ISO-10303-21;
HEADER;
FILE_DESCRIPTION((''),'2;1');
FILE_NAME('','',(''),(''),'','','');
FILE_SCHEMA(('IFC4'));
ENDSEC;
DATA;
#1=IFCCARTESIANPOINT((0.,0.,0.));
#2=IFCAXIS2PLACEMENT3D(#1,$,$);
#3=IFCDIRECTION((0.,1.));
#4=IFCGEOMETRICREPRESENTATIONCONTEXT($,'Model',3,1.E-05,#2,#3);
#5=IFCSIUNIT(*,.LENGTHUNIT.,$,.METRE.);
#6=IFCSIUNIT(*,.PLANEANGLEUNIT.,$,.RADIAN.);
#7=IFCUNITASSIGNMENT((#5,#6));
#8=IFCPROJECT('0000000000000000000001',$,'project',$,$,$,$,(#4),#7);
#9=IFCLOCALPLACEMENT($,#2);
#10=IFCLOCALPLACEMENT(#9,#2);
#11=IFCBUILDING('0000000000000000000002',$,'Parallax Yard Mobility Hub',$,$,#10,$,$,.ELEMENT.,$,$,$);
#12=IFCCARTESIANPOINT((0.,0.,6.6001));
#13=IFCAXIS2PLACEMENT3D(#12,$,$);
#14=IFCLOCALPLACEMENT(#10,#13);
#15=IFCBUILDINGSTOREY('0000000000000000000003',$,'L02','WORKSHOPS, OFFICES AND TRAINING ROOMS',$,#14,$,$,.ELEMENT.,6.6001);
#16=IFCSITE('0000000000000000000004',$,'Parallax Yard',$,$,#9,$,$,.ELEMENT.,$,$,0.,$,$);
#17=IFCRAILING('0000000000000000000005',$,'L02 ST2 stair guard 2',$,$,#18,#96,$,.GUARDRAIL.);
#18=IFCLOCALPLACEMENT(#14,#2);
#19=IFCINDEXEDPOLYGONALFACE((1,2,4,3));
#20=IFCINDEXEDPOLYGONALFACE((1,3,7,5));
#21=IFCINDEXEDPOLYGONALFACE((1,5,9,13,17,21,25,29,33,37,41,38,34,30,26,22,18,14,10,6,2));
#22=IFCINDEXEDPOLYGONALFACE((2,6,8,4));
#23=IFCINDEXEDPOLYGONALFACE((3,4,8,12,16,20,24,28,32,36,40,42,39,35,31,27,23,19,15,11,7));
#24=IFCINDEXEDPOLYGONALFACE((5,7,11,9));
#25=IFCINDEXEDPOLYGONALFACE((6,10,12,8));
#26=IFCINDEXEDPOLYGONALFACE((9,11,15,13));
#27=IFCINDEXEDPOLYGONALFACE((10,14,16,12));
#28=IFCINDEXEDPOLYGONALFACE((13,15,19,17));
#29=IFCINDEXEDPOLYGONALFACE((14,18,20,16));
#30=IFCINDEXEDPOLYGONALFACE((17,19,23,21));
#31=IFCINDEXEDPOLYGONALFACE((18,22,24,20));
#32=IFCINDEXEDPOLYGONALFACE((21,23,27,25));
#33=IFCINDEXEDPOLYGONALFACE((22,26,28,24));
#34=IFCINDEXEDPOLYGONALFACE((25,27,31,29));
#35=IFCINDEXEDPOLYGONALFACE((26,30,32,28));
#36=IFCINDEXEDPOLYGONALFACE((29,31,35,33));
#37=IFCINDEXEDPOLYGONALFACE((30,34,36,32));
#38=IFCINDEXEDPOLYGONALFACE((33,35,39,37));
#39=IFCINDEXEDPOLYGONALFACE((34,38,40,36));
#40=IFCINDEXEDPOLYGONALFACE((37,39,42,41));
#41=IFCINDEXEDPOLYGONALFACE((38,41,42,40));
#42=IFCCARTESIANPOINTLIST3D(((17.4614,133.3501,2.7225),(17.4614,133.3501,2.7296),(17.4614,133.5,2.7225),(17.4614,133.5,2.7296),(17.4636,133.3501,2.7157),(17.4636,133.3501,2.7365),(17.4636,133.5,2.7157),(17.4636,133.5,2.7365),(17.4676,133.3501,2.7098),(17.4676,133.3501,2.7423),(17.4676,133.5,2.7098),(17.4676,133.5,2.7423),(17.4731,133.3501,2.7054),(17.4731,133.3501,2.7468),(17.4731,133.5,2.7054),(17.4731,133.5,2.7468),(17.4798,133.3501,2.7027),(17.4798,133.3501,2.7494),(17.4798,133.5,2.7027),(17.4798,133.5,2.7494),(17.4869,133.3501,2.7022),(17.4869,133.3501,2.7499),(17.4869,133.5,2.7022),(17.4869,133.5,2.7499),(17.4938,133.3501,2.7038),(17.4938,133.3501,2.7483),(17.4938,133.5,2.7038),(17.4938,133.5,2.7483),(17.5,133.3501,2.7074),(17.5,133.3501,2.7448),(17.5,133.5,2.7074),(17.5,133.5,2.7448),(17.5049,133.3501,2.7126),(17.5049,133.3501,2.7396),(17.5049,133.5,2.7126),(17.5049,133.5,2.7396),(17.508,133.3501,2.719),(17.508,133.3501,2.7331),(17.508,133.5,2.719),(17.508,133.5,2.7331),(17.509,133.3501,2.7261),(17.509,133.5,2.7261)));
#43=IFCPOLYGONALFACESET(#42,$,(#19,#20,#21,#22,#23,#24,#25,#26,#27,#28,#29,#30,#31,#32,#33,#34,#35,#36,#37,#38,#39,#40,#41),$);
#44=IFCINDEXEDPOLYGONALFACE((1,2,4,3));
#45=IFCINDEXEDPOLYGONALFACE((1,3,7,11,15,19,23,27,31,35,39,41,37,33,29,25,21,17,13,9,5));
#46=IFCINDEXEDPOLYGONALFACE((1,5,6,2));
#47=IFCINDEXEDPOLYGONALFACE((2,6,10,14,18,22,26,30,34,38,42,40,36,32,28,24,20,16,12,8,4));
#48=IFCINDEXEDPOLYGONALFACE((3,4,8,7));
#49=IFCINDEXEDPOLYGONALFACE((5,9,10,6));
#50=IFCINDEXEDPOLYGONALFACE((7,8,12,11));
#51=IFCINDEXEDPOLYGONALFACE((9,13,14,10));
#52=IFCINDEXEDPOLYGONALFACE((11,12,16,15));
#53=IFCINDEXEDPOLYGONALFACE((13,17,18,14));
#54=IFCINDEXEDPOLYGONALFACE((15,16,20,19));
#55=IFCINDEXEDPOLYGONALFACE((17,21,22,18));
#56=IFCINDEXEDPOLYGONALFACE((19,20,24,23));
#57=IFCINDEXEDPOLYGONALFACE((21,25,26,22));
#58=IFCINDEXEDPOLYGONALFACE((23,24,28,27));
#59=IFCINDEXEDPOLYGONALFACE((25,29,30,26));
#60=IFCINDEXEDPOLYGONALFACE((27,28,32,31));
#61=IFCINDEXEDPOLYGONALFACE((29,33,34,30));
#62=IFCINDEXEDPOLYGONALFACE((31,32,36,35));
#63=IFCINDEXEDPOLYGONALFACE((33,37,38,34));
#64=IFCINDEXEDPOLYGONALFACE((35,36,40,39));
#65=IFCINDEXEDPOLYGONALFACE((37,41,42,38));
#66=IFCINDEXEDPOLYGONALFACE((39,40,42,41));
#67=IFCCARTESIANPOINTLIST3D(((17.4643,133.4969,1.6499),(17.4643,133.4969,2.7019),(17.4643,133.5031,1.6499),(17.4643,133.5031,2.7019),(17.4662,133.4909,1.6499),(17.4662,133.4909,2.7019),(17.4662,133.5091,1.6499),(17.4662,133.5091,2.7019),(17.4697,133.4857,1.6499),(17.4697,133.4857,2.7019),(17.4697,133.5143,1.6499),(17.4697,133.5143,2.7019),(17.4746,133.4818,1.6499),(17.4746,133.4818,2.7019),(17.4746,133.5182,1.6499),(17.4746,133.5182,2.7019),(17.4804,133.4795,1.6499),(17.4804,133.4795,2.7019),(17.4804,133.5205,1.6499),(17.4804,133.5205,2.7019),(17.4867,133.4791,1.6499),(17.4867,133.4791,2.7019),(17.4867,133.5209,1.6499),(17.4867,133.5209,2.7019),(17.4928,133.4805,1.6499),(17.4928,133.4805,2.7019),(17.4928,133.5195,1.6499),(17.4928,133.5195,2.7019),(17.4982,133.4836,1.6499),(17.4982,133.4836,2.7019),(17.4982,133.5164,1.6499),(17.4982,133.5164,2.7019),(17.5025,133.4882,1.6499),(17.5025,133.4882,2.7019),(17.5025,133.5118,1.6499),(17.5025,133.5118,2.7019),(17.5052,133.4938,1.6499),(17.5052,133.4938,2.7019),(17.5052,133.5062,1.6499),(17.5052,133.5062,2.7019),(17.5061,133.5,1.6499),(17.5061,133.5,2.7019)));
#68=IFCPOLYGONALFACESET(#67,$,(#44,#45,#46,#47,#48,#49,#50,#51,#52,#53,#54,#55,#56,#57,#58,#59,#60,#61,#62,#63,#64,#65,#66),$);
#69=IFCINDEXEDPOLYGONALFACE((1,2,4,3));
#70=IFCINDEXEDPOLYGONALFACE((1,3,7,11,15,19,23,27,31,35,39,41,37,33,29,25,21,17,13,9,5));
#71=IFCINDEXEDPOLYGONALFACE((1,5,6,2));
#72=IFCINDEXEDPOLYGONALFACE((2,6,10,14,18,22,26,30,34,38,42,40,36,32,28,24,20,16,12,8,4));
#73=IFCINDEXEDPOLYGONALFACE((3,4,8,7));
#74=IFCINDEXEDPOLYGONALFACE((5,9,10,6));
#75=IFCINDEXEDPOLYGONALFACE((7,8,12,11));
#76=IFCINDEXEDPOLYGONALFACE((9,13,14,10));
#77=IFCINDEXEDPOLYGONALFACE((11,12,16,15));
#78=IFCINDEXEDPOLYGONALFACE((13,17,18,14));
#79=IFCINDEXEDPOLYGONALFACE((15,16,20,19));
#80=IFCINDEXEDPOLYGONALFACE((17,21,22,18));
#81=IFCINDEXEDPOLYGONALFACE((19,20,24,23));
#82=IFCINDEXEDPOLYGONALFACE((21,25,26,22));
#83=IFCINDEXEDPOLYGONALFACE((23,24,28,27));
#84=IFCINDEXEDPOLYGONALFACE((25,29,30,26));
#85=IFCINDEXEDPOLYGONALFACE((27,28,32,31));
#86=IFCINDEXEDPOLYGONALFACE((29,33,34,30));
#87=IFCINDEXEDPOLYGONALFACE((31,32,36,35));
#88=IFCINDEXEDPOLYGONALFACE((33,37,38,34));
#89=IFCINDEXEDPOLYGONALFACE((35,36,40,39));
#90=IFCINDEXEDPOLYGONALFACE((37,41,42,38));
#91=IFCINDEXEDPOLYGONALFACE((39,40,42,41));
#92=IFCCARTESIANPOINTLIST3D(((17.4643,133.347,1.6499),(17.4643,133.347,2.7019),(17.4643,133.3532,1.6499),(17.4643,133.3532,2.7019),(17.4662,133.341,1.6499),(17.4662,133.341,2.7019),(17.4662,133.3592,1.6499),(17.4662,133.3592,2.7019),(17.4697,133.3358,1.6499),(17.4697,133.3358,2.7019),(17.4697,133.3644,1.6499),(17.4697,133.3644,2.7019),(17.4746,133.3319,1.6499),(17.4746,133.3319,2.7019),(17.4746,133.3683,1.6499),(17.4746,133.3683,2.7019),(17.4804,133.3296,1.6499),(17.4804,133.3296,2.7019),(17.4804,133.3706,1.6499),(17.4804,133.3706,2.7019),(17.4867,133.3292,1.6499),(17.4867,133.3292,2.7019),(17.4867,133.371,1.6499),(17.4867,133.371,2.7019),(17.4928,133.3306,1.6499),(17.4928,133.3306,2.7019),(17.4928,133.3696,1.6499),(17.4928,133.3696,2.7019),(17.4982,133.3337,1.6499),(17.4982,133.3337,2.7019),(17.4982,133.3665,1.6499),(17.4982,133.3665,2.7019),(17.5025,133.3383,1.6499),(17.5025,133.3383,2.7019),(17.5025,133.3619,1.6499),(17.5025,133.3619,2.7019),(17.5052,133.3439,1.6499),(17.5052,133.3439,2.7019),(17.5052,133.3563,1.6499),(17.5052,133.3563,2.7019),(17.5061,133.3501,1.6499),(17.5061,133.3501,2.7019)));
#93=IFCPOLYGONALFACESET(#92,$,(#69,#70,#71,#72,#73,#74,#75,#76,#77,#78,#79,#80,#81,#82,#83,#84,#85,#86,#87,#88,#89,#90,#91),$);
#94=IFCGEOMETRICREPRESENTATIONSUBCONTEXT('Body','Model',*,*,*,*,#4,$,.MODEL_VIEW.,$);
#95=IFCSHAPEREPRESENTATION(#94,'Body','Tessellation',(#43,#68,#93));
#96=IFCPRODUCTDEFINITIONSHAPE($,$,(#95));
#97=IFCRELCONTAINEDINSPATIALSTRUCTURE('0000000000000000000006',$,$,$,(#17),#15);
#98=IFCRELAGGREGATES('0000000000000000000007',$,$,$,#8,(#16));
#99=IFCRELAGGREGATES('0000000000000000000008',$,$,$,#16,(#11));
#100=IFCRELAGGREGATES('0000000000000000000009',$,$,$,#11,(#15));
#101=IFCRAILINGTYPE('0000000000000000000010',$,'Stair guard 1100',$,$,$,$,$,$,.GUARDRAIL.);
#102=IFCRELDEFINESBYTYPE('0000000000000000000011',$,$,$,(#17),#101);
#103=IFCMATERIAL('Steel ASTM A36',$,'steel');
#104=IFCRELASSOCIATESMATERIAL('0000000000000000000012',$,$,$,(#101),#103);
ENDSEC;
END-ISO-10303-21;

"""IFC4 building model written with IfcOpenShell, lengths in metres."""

from ifc_helpers import new_model, si_unit, direction, frame, origin, origin_2d, place, context, subcontext, project, spatial, circle, extrude, material, type_object, element, save


model = new_model("IFC4")

# Units and contexts
model_context = context("Model", 3, precision=1e-05, world=origin(), true_north=direction((0.0, 1.0)))
body_context = subcontext(model_context, "Body", "Model", "MODEL_VIEW")
ifc_project = project(units=[si_unit("LENGTHUNIT", "METRE"), si_unit("PLANEANGLEUNIT", "RADIAN")], contexts=[model_context])

# Site, building, storey
site_placement = place(None, origin())
site = spatial("IfcSite", under=ifc_project, at=site_placement, Name="Parallax Yard", CompositionType="ELEMENT", RefElevation=0.0)
building_placement = place(site_placement, origin())
building = spatial("IfcBuilding", under=site, at=building_placement, Name="Parallax Yard Mobility Hub", CompositionType="ELEMENT")
storey_placement = place(building_placement, frame((0.0, 0.0, 6.6001)))
storey = spatial("IfcBuildingStorey", under=building, at=storey_placement, Name="L02", Description="WORKSHOPS, OFFICES AND TRAINING ROOMS", CompositionType="ELEMENT", Elevation=6.6001)

# Railing
ifc_material_1 = material(Name="Steel ASTM A36", Category="steel")
railing_type_1 = type_object("IfcRailingType", Name="Stair guard 1100", PredefinedType="GUARDRAIL", material=ifc_material_1)
railing_1_placement = place(storey_placement, frame((17.4851, 133.5, 1.6499)))
element("IfcRailing", 1, at=railing_1_placement, inside=storey, type_object=railing_type_1, Name="L02 ST2 stair guard 2", PredefinedType="GUARDRAIL", context=body_context, shape_type="SweptSolid", body=[
    extrude(circle(Radius=0.0239, at=origin_2d()), frame((0.0, 0.0, 1.0762), z_axis=(0.0, -1.0, 0.0), x_axis=(1.0, 0.0, 0.0)), (0.0, 0.0, 1.0), 0.1499),
    extrude(circle(Radius=0.021, at=origin_2d()), origin(), (0.0, 0.0, 1.0), 1.052),
    extrude(circle(Radius=0.021, at=origin_2d()), frame((0.0, -0.1499, 0.0)), (0.0, 0.0, 1.0), 1.052),
])

save(model, "model.ifc")
